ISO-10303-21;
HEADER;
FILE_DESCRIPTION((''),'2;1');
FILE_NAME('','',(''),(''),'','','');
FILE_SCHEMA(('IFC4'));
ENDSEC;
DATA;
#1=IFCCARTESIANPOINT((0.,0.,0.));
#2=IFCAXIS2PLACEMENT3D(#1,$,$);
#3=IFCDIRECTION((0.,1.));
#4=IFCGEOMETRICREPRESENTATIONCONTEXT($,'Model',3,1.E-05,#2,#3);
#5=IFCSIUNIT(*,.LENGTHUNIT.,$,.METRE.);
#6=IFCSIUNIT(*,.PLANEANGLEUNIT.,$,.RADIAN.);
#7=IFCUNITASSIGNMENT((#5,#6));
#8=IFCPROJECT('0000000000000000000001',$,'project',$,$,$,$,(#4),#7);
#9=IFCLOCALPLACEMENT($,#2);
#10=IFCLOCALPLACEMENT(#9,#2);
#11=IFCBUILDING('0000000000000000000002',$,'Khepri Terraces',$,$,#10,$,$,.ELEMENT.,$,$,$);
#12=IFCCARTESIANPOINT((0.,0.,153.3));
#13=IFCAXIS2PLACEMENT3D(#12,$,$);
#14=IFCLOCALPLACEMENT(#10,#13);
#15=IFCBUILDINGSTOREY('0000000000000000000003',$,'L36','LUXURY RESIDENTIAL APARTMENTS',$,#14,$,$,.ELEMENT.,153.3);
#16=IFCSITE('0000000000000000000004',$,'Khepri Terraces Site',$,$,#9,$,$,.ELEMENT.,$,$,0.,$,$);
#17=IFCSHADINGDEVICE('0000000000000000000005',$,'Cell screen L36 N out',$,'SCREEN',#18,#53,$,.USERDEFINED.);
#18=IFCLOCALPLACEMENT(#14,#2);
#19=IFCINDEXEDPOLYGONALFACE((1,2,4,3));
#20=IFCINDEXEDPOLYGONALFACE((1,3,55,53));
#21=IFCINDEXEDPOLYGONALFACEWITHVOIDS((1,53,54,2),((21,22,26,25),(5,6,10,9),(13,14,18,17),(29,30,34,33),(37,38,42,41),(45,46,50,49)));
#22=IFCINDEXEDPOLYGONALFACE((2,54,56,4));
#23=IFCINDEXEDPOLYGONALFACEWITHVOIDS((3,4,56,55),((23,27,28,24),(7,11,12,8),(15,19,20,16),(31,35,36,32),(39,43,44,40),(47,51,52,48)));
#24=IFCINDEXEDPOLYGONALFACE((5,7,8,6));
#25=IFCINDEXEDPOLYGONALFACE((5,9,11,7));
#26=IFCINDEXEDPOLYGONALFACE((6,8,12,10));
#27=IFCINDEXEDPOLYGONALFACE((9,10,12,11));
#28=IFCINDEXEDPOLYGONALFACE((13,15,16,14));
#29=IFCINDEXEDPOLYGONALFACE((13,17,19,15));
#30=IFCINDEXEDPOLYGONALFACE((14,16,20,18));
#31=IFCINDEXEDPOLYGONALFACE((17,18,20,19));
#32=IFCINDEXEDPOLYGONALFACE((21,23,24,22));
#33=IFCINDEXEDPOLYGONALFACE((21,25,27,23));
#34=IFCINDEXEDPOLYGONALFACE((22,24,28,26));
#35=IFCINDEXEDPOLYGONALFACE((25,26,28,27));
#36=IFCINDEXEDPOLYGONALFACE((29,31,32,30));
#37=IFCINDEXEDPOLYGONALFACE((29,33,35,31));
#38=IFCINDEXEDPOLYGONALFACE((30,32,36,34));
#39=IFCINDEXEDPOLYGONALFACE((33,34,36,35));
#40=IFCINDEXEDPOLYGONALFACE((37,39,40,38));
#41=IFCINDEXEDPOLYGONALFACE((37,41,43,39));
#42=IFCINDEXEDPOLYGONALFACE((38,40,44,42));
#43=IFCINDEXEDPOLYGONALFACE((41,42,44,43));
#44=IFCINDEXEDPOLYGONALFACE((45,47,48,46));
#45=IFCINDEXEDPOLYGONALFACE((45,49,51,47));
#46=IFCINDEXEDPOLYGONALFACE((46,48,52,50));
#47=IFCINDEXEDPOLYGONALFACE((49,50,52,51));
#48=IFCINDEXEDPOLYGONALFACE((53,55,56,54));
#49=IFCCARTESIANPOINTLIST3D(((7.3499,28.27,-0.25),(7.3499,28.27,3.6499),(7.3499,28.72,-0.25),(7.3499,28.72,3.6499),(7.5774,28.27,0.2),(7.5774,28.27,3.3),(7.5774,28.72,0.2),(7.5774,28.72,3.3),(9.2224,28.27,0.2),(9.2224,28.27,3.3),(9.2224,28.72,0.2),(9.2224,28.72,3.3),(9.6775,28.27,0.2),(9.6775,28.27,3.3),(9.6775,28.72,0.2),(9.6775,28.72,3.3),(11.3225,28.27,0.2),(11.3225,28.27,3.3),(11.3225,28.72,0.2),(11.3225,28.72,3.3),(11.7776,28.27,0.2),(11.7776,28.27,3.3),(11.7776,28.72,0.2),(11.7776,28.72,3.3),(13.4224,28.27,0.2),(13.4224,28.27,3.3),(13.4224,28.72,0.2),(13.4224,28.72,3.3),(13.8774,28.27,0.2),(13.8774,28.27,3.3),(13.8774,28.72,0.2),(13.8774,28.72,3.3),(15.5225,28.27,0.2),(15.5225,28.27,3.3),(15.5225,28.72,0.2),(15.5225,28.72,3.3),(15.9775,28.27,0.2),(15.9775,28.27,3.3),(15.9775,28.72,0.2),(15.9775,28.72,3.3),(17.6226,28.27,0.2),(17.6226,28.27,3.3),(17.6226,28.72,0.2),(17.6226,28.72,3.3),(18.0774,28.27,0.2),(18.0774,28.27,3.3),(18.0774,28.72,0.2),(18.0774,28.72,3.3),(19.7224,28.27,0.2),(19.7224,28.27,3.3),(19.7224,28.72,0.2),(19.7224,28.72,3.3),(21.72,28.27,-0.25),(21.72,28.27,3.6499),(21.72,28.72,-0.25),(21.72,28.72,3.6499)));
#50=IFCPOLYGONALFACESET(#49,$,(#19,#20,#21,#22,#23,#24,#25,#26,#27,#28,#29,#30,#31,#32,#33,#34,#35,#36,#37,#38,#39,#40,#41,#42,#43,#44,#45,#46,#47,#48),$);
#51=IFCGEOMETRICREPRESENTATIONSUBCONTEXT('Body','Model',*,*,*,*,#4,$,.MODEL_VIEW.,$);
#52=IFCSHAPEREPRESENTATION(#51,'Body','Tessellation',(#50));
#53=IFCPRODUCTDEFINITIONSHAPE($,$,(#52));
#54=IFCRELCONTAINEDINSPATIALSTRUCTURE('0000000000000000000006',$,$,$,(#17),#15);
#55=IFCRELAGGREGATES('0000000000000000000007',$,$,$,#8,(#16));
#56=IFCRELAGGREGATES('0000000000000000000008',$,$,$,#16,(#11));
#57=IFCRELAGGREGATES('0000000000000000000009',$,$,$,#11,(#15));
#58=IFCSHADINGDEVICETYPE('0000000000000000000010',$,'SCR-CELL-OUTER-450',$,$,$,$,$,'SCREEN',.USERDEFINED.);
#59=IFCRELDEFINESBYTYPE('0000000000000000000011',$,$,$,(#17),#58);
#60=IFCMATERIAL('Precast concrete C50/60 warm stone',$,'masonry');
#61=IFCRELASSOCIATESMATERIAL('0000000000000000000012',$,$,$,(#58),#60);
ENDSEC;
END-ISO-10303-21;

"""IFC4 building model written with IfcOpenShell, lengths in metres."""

from ifc_helpers import new_model, si_unit, direction, frame, origin, place, context, subcontext, project, spatial, polyline, outline, extrude, material, type_object, element, save


model = new_model("IFC4")

# Units and contexts
model_context = context("Model", 3, precision=1e-05, world=origin(), true_north=direction((0.0, 1.0)))
body_context = subcontext(model_context, "Body", "Model", "MODEL_VIEW")
ifc_project = project(units=[si_unit("LENGTHUNIT", "METRE"), si_unit("PLANEANGLEUNIT", "RADIAN")], contexts=[model_context])

# Site, building, storey
site_placement = place(None, origin())
site = spatial("IfcSite", under=ifc_project, at=site_placement, Name="Khepri Terraces Site", CompositionType="ELEMENT", RefElevation=0.0)
building_placement = place(site_placement, origin())
building = spatial("IfcBuilding", under=site, at=building_placement, Name="Khepri Terraces", CompositionType="ELEMENT")
storey_placement = place(building_placement, frame((0.0, 0.0, 153.3)))
storey = spatial("IfcBuildingStorey", under=building, at=storey_placement, Name="L36", Description="LUXURY RESIDENTIAL APARTMENTS", CompositionType="ELEMENT", Elevation=153.3)

# Shared definitions
ifc_material_1 = material(Name="Precast concrete C50/60 warm stone", Category="masonry")

# Shading device
shading_device_type_1 = type_object("IfcShadingDeviceType", Name="SCR-CELL-OUTER-450", ElementType="SCREEN", PredefinedType="USERDEFINED", material=ifc_material_1)
shading_device_1_placement = place(storey_placement, frame((21.72, 28.27, -0.25), z_axis=(0.0, 1.0, 0.0), x_axis=(-1.0, 0.0, 0.0)))
element("IfcShadingDevice", 1, at=shading_device_1_placement, inside=storey, type_object=shading_device_type_1, Name="Cell screen L36 N out", ObjectType="SCREEN", PredefinedType="USERDEFINED", context=body_context, shape_type="SweptSolid", body=[
    extrude(outline(polyline([(0.0, 0.0), (14.3701, 0.0), (14.3701, 3.8999), (0.0, 3.8999), (0.0, 0.0)]), holes=[polyline([(1.9976, 0.45), (3.6426, 0.45), (3.6426, 3.55), (1.9976, 3.55), (1.9976, 0.45)]), polyline([(4.0974, 0.45), (5.7424, 0.45), (5.7424, 3.55), (4.0974, 3.55), (4.0974, 0.45)]), polyline([(6.1975, 0.45), (7.8425, 0.45), (7.8425, 3.55), (6.1975, 3.55), (6.1975, 0.45)]), polyline([(8.2976, 0.45), (9.9424, 0.45), (9.9424, 3.55), (8.2976, 3.55), (8.2976, 0.45)]), polyline([(10.3975, 0.45), (12.0425, 0.45), (12.0425, 3.55), (10.3975, 3.55), (10.3975, 0.45)]), polyline([(12.4976, 0.45), (14.1426, 0.45), (14.1426, 3.55), (12.4976, 3.55), (12.4976, 0.45)])]), origin(), (0.0, 0.0, 1.0), 0.45),
])

save(model, "model.ifc")
